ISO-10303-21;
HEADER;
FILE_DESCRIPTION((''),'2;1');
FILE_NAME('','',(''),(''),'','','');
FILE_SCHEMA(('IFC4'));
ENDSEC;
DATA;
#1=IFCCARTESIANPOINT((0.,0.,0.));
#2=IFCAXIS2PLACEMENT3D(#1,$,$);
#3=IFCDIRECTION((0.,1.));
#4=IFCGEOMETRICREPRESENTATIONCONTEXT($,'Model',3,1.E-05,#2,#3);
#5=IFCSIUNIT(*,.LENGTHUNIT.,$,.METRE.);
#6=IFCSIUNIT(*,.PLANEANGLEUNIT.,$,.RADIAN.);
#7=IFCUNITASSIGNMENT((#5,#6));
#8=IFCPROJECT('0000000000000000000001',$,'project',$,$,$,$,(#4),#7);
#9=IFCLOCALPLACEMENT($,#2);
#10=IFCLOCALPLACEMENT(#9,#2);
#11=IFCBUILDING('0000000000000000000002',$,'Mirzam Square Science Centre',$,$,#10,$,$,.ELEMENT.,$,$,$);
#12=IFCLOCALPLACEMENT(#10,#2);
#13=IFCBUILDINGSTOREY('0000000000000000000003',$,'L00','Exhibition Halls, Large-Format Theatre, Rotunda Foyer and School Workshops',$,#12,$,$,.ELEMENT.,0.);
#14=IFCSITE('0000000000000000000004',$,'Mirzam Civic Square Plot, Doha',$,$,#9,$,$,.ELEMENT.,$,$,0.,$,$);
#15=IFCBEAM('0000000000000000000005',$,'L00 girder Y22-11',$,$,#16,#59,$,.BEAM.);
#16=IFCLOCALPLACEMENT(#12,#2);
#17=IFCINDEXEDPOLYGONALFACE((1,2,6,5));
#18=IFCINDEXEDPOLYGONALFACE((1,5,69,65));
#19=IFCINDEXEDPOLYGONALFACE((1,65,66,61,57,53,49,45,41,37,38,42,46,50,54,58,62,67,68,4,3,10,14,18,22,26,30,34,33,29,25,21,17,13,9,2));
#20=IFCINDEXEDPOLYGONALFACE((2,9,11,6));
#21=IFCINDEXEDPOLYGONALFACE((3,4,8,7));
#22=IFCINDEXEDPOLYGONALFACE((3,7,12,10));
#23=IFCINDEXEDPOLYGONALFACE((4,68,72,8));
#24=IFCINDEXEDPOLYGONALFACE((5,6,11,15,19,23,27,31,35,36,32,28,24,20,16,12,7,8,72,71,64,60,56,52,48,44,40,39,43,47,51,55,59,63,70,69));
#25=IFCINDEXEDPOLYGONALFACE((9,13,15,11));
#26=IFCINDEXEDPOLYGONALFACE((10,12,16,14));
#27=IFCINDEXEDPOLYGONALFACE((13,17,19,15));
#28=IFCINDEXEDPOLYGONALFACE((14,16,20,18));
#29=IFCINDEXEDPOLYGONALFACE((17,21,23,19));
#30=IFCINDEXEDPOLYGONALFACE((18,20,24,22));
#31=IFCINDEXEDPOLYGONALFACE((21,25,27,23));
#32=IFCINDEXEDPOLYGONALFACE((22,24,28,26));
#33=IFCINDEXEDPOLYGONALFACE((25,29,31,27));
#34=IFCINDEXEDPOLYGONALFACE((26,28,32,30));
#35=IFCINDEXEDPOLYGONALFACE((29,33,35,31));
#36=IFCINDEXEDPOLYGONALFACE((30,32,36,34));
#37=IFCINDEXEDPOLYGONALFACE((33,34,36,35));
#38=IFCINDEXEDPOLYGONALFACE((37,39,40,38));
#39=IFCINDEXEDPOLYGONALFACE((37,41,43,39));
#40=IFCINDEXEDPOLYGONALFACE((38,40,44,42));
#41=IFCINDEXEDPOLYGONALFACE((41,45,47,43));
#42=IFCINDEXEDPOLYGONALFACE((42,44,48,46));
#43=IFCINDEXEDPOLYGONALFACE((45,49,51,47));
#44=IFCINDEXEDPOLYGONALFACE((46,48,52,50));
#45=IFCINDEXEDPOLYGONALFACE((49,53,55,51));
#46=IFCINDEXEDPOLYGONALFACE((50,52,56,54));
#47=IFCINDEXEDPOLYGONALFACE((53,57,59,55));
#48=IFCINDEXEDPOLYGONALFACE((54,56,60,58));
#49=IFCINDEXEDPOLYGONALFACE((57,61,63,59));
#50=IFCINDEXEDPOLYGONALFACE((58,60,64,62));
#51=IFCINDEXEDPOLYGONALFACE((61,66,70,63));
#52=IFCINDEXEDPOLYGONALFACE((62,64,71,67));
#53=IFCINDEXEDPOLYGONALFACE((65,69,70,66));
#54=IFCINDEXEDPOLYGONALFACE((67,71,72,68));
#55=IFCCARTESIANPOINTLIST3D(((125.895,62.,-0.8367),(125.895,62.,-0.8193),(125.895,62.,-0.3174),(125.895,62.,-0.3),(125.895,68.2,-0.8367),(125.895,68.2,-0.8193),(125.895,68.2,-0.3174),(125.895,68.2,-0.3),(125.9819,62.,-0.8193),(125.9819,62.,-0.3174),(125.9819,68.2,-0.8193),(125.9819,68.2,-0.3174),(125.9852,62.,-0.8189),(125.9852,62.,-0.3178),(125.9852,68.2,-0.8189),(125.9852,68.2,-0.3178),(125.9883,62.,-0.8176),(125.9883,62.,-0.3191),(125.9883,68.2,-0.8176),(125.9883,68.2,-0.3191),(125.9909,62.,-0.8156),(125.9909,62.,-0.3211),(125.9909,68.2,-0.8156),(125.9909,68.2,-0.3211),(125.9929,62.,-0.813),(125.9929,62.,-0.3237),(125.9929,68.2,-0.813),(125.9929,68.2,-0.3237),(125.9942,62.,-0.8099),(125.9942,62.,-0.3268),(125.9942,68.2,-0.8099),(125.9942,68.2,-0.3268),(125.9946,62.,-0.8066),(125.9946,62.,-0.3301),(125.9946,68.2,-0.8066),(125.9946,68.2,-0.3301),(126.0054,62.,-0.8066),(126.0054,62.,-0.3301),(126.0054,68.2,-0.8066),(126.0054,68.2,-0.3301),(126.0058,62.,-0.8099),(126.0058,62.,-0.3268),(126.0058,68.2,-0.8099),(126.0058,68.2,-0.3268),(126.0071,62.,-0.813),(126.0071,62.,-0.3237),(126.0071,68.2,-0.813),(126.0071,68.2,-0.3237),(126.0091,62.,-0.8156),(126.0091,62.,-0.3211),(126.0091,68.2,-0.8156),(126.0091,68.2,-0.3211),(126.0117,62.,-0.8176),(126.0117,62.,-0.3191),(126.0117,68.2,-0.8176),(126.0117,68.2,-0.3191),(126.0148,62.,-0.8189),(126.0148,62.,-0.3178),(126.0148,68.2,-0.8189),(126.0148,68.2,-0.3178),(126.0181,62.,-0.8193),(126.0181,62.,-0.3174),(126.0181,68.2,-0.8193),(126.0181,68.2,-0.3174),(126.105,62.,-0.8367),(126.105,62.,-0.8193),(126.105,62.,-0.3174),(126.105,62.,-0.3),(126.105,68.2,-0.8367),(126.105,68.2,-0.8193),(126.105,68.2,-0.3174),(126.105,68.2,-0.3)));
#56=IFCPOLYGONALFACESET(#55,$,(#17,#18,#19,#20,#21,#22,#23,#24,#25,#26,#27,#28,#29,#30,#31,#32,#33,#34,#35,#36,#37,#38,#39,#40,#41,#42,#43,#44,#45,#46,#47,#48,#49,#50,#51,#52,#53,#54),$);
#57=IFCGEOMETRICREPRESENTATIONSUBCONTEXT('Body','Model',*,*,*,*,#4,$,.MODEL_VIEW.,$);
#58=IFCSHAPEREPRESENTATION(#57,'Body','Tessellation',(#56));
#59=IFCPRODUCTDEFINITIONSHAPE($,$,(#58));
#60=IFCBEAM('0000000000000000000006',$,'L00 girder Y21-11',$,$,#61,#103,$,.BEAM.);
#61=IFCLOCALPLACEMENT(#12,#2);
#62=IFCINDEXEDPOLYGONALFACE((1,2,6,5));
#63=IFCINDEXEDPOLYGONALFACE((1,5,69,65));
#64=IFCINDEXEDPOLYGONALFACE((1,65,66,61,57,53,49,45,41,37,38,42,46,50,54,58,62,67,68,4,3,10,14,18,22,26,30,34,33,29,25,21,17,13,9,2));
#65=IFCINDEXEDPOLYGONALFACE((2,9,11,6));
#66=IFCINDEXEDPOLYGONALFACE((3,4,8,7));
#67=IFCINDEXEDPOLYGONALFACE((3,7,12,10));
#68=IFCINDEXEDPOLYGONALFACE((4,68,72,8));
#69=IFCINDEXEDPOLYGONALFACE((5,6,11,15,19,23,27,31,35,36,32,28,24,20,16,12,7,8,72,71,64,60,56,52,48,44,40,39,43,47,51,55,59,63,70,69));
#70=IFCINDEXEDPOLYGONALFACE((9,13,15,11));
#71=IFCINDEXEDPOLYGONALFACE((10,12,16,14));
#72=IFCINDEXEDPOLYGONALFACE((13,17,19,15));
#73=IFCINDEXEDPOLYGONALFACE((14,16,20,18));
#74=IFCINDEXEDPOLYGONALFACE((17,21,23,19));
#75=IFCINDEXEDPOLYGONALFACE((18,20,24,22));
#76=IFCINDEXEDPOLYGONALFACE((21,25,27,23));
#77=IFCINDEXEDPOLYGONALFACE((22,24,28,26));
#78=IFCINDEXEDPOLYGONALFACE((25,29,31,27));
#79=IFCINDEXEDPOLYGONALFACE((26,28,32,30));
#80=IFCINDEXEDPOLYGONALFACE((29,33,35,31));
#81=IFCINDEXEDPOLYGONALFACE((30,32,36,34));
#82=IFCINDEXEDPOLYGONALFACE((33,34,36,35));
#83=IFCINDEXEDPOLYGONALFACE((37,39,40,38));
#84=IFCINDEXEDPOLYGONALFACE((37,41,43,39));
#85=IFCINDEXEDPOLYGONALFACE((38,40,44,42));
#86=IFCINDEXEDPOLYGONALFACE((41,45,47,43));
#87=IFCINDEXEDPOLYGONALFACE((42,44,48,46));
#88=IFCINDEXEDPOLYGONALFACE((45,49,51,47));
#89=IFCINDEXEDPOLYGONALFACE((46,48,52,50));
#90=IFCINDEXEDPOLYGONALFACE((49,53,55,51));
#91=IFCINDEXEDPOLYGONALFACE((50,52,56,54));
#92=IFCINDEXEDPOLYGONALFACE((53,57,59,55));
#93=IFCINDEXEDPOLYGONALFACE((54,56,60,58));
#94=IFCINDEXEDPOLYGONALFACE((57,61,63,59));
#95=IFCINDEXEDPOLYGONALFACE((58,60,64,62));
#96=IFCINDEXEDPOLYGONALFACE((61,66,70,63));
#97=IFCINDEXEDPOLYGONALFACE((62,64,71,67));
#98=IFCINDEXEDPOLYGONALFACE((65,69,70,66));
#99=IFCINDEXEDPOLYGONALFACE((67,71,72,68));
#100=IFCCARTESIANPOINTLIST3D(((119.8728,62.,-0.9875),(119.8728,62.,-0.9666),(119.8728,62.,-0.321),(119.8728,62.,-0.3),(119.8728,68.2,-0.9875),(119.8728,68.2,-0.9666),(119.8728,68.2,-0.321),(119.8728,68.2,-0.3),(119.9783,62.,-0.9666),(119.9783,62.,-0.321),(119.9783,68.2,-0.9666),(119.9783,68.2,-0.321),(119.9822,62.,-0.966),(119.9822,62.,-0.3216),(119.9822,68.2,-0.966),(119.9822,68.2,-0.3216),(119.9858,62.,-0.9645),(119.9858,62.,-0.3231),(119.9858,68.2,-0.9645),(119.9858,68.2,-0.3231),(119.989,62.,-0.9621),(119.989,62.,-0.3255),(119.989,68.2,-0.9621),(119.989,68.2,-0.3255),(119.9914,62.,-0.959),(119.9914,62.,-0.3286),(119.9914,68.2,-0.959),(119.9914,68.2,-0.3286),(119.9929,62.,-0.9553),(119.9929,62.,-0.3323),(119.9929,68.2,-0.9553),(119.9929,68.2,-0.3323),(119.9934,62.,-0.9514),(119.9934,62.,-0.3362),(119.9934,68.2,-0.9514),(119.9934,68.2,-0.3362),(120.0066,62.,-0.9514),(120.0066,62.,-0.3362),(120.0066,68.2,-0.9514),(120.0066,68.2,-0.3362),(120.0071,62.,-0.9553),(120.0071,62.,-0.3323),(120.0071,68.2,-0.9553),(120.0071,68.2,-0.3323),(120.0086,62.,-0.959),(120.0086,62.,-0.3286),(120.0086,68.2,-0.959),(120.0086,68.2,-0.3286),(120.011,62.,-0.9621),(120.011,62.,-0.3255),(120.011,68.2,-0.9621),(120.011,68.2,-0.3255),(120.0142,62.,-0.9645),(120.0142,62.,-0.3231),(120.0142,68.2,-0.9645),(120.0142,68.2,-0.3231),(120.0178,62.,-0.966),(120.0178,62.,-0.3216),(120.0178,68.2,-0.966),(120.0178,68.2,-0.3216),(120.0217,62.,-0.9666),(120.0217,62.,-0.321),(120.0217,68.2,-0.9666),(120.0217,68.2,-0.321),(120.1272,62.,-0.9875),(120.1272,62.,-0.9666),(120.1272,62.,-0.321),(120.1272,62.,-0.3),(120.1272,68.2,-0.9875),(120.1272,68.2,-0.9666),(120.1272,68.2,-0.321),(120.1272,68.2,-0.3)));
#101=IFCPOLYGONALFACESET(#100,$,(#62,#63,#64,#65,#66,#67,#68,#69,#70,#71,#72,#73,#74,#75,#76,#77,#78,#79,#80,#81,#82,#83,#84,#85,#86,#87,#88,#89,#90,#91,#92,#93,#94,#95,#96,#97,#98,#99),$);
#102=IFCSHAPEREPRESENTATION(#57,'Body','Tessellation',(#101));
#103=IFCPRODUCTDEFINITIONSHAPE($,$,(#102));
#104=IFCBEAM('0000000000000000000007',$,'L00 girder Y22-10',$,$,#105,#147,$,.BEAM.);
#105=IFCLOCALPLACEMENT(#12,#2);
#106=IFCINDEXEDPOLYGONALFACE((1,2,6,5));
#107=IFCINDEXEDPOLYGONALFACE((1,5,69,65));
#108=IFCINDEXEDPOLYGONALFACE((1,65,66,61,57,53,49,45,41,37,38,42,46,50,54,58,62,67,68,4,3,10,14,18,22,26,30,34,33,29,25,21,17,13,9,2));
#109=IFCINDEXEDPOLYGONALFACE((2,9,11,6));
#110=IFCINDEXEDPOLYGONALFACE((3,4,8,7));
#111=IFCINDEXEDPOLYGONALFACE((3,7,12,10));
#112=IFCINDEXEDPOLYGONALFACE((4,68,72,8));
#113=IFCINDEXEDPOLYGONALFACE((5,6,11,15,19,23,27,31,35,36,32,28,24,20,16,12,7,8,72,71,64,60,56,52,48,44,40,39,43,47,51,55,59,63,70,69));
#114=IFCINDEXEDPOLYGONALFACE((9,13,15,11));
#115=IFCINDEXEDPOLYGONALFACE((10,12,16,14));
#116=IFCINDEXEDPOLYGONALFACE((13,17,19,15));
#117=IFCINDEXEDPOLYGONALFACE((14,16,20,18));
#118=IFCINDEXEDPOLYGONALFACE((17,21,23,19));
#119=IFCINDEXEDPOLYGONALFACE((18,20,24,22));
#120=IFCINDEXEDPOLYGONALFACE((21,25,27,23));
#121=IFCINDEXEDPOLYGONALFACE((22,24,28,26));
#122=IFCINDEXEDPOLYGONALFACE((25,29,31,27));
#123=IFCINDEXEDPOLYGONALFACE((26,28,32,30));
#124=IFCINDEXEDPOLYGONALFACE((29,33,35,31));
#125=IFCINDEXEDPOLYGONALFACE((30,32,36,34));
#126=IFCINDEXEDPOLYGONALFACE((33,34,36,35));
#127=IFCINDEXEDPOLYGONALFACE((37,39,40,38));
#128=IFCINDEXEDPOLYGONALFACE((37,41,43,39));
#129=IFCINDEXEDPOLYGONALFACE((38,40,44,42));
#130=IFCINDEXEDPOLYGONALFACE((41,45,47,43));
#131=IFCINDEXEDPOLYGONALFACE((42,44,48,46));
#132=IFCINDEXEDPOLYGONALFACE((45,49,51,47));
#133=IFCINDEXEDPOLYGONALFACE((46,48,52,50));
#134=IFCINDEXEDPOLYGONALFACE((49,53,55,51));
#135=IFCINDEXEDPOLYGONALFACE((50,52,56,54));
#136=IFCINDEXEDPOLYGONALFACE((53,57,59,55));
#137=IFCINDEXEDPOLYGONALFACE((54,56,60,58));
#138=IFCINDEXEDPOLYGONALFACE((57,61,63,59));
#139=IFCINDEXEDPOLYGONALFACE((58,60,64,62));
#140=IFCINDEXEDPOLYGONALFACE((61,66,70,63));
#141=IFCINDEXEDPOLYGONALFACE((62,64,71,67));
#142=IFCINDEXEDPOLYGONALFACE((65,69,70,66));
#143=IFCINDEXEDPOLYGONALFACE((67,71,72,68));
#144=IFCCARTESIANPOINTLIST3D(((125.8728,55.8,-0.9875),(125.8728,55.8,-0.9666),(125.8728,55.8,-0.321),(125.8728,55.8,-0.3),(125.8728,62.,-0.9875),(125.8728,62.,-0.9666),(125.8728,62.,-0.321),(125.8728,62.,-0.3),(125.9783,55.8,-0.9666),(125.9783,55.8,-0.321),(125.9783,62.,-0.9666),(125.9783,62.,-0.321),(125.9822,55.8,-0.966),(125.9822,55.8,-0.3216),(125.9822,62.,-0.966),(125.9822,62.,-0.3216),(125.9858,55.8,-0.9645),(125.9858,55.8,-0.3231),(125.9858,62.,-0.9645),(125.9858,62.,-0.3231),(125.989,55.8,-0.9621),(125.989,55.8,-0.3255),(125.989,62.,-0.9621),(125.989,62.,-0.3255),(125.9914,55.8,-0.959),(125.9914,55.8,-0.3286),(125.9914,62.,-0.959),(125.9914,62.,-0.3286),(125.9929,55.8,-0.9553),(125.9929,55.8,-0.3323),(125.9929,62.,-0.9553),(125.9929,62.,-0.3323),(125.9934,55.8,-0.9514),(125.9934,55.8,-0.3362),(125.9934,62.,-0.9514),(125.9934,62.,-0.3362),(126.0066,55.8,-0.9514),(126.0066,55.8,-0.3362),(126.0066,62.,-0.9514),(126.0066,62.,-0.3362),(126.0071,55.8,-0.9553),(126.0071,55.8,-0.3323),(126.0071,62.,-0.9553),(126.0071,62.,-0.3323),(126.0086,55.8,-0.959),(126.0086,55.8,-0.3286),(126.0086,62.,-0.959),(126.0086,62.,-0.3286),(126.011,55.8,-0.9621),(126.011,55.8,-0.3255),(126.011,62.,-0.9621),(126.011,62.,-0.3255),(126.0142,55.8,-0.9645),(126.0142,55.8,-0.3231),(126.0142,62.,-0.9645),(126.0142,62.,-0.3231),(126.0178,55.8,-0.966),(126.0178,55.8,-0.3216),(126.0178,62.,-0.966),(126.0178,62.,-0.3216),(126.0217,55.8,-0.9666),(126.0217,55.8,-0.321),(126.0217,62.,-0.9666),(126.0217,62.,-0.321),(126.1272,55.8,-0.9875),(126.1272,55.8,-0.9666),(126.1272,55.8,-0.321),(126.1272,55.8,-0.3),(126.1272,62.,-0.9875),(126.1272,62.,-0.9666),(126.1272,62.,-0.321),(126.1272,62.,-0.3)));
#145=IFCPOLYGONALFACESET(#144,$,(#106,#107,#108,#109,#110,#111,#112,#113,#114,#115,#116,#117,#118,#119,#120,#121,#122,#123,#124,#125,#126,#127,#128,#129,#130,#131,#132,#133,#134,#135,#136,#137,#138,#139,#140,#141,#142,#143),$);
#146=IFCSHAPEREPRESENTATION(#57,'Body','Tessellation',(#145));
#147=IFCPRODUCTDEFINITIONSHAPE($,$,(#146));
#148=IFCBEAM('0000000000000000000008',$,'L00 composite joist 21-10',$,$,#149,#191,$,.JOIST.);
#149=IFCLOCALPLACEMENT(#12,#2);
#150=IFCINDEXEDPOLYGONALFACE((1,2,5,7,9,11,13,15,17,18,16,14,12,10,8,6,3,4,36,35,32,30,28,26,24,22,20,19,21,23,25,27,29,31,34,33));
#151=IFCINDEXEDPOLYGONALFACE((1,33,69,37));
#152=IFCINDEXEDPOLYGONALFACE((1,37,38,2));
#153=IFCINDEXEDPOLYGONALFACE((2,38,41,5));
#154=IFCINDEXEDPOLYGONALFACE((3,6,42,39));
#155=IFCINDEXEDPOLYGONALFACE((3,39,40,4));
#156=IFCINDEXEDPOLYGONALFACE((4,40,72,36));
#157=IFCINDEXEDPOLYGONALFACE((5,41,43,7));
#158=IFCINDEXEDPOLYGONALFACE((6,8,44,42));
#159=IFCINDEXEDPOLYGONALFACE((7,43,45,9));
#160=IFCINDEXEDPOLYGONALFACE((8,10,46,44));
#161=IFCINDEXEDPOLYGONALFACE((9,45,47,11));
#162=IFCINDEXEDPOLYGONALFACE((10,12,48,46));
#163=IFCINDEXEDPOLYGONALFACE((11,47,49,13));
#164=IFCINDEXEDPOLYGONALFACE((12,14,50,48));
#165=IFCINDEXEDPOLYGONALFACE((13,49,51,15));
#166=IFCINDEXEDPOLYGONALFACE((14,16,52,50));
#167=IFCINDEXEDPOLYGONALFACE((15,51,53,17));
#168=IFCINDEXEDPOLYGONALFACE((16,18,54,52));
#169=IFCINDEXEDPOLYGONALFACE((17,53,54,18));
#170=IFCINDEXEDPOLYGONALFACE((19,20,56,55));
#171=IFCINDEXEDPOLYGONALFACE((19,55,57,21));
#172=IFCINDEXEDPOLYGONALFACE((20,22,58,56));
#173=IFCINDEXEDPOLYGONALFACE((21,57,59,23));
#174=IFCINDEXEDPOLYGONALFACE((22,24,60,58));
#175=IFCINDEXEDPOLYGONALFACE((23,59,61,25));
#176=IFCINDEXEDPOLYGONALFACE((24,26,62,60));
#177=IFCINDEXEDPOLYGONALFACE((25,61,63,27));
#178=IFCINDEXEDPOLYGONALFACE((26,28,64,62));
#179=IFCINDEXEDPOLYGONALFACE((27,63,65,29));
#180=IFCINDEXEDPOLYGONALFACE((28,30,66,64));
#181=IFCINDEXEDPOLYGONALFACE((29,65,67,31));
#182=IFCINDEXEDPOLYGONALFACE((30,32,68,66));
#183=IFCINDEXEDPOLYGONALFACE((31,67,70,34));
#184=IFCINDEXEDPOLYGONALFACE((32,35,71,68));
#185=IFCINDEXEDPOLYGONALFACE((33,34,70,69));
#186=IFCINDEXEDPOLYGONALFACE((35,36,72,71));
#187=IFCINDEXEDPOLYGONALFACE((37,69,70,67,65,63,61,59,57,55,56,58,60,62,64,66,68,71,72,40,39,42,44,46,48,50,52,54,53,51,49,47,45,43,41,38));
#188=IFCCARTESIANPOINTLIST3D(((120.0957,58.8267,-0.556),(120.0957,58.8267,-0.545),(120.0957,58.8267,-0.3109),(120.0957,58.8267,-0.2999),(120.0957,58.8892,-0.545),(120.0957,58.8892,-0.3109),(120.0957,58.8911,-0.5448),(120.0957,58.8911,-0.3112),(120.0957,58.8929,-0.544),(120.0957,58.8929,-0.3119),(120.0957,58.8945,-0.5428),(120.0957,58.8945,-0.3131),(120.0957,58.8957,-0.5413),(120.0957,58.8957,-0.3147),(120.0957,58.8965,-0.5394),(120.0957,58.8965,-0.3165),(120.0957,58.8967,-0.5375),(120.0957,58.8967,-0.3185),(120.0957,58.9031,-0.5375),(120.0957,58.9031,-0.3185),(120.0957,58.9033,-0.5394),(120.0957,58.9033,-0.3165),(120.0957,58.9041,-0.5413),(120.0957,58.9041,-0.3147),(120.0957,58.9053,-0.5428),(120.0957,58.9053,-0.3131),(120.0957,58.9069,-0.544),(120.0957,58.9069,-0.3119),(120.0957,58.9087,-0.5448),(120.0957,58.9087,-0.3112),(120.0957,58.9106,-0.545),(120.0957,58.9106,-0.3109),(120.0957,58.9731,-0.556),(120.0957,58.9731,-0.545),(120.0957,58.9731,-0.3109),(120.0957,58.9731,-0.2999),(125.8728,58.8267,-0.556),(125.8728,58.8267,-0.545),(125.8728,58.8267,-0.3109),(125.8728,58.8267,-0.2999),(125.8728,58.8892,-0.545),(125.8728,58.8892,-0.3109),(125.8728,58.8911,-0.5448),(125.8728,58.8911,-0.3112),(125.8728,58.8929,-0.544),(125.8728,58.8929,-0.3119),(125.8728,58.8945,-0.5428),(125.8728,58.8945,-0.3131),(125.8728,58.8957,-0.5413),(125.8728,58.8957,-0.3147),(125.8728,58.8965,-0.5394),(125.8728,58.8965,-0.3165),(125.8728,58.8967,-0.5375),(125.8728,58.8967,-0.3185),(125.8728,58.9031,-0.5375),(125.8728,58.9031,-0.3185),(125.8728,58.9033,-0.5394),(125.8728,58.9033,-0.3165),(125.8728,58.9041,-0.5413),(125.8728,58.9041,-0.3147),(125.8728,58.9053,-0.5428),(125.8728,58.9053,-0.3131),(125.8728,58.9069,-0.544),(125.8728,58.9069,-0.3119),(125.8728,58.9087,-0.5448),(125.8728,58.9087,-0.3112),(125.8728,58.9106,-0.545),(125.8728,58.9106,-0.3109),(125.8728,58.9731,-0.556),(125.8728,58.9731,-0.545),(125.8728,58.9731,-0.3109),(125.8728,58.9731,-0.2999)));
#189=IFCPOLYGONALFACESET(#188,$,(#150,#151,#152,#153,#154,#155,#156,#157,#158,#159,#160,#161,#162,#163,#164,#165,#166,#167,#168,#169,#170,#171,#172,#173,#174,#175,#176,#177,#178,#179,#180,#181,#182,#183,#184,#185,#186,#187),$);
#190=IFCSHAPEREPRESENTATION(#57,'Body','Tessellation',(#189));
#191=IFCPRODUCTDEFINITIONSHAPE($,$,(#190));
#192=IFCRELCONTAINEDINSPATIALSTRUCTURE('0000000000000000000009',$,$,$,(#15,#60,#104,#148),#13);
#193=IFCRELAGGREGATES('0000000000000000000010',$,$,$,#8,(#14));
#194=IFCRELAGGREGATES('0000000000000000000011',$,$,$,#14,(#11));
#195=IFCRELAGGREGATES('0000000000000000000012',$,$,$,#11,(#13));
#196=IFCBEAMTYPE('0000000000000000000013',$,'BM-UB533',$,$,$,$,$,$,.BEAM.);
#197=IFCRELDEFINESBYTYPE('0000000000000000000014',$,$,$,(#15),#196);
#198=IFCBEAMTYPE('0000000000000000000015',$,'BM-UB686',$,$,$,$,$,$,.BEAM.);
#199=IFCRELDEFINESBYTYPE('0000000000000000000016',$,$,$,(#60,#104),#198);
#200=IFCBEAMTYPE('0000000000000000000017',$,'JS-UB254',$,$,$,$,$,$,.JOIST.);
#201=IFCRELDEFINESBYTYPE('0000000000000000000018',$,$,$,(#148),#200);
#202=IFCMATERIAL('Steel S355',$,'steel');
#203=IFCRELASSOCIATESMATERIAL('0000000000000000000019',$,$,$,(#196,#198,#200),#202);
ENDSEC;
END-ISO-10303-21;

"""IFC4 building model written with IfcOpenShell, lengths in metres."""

from ifc_helpers import new_model, si_unit, direction, frame, origin, origin_2d, place, context, subcontext, project, spatial, i_section, extrude, material, material_profile, profile_set, type_object, element, save


model = new_model("IFC4")

# Units and contexts
model_context = context("Model", 3, precision=1e-05, world=origin(), true_north=direction((0.0, 1.0)))
body_context = subcontext(model_context, "Body", "Model", "MODEL_VIEW")
ifc_project = project(units=[si_unit("LENGTHUNIT", "METRE"), si_unit("PLANEANGLEUNIT", "RADIAN")], contexts=[model_context])

# Site, building, storey
site_placement = place(None, origin())
site = spatial("IfcSite", under=ifc_project, at=site_placement, Name="Mirzam Civic Square Plot, Doha", CompositionType="ELEMENT", RefElevation=0.0)
building_placement = place(site_placement, origin())
building = spatial("IfcBuilding", under=site, at=building_placement, Name="Mirzam Square Science Centre", CompositionType="ELEMENT")
storey_placement = place(building_placement, origin())
storey = spatial("IfcBuildingStorey", under=building, at=storey_placement, Name="L00", Description="Exhibition Halls, Large-Format Theatre, Rotunda Foyer and School Workshops", CompositionType="ELEMENT", Elevation=0.0)

# Shared definitions
ifc_material_1 = material(Name="Steel S355", Category="steel")

# Beams
ifc_material_profile_1 = material_profile(ifc_material_1, i_section(OverallWidth=0.21, OverallDepth=0.5366, WebThickness=0.0107, FlangeThickness=0.0173, FilletRadius=0.0127, at=origin_2d()), Name="533x210x101UB")
ifc_profile_set_1 = profile_set([ifc_material_profile_1], Name="Steel S355")
beam_type_1 = type_object("IfcBeamType", Name="BM-UB533", PredefinedType="BEAM", material=ifc_profile_set_1)
beam_1_placement = place(storey_placement, frame((126.0, 62.0, -0.5684), z_axis=(0.0, 1.0, 0.0), x_axis=(-1.0, 0.0, 0.0)))
element("IfcBeam", 1, at=beam_1_placement, inside=storey, type_object=beam_type_1, Name="L00 girder Y22-11", PredefinedType="BEAM", context=body_context, shape_type="SweptSolid", body=[
    extrude(i_section(OverallWidth=0.21, OverallDepth=0.5366, WebThickness=0.0107, FlangeThickness=0.0173, FilletRadius=0.0127, at=origin_2d()), origin(), (0.0, 0.0, 1.0), 6.2),
])
ifc_material_profile_2 = material_profile(ifc_material_1, i_section(OverallWidth=0.2544, OverallDepth=0.6875, WebThickness=0.0132, FlangeThickness=0.021, FilletRadius=0.0151, at=origin_2d()), Name="686x254x152UB")
ifc_profile_set_2 = profile_set([ifc_material_profile_2], Name="Steel S355")
beam_type_2 = type_object("IfcBeamType", Name="BM-UB686", PredefinedType="BEAM", material=ifc_profile_set_2)
for number, where, z_axis, x_axis, name in (
    (2, (120.0, 62.0, -0.6438), (0.0, 1.0, 0.0), (-1.0, 0.0, 0.0), "L00 girder Y21-11"),
    (3, (126.0, 55.8, -0.6438), (0.0, 1.0, 0.0), (-1.0, 0.0, 0.0), "L00 girder Y22-10"),
):
    element("IfcBeam", number, at=place(storey_placement, frame(where, z_axis=z_axis, x_axis=x_axis)), inside=storey, type_object=beam_type_2, Name=name, PredefinedType="BEAM", context=body_context, shape_type="SweptSolid", body=[
        extrude(i_section(OverallWidth=0.2544, OverallDepth=0.6875, WebThickness=0.0132, FlangeThickness=0.021, FilletRadius=0.0151, at=origin_2d()), origin(), (0.0, 0.0, 1.0), 6.2),
    ])
ifc_material_profile_3 = material_profile(ifc_material_1, i_section(OverallWidth=0.1465, OverallDepth=0.2561, WebThickness=0.0063, FlangeThickness=0.011, FilletRadius=0.0076, at=origin_2d()), Name="254x146x37UB")
ifc_profile_set_3 = profile_set([ifc_material_profile_3], Name="Steel S355")
beam_type_3 = type_object("IfcBeamType", Name="JS-UB254", PredefinedType="JOIST", material=ifc_profile_set_3)
for number, where, z_axis, x_axis, name in (
    (4, (120.0957, 58.8999, -0.428), (1.0, 0.0, 0.0), (0.0, 1.0, 0.0), "L00 composite joist 21-10"),
):
    element("IfcBeam", number, at=place(storey_placement, frame(where, z_axis=z_axis, x_axis=x_axis)), inside=storey, type_object=beam_type_3, Name=name, PredefinedType="JOIST", context=body_context, shape_type="SweptSolid", body=[
        extrude(i_section(OverallWidth=0.1465, OverallDepth=0.2561, WebThickness=0.0063, FlangeThickness=0.011, FilletRadius=0.0076, at=origin_2d()), origin(), (0.0, 0.0, 1.0), 5.7771),
    ])

save(model, "model.ifc")
